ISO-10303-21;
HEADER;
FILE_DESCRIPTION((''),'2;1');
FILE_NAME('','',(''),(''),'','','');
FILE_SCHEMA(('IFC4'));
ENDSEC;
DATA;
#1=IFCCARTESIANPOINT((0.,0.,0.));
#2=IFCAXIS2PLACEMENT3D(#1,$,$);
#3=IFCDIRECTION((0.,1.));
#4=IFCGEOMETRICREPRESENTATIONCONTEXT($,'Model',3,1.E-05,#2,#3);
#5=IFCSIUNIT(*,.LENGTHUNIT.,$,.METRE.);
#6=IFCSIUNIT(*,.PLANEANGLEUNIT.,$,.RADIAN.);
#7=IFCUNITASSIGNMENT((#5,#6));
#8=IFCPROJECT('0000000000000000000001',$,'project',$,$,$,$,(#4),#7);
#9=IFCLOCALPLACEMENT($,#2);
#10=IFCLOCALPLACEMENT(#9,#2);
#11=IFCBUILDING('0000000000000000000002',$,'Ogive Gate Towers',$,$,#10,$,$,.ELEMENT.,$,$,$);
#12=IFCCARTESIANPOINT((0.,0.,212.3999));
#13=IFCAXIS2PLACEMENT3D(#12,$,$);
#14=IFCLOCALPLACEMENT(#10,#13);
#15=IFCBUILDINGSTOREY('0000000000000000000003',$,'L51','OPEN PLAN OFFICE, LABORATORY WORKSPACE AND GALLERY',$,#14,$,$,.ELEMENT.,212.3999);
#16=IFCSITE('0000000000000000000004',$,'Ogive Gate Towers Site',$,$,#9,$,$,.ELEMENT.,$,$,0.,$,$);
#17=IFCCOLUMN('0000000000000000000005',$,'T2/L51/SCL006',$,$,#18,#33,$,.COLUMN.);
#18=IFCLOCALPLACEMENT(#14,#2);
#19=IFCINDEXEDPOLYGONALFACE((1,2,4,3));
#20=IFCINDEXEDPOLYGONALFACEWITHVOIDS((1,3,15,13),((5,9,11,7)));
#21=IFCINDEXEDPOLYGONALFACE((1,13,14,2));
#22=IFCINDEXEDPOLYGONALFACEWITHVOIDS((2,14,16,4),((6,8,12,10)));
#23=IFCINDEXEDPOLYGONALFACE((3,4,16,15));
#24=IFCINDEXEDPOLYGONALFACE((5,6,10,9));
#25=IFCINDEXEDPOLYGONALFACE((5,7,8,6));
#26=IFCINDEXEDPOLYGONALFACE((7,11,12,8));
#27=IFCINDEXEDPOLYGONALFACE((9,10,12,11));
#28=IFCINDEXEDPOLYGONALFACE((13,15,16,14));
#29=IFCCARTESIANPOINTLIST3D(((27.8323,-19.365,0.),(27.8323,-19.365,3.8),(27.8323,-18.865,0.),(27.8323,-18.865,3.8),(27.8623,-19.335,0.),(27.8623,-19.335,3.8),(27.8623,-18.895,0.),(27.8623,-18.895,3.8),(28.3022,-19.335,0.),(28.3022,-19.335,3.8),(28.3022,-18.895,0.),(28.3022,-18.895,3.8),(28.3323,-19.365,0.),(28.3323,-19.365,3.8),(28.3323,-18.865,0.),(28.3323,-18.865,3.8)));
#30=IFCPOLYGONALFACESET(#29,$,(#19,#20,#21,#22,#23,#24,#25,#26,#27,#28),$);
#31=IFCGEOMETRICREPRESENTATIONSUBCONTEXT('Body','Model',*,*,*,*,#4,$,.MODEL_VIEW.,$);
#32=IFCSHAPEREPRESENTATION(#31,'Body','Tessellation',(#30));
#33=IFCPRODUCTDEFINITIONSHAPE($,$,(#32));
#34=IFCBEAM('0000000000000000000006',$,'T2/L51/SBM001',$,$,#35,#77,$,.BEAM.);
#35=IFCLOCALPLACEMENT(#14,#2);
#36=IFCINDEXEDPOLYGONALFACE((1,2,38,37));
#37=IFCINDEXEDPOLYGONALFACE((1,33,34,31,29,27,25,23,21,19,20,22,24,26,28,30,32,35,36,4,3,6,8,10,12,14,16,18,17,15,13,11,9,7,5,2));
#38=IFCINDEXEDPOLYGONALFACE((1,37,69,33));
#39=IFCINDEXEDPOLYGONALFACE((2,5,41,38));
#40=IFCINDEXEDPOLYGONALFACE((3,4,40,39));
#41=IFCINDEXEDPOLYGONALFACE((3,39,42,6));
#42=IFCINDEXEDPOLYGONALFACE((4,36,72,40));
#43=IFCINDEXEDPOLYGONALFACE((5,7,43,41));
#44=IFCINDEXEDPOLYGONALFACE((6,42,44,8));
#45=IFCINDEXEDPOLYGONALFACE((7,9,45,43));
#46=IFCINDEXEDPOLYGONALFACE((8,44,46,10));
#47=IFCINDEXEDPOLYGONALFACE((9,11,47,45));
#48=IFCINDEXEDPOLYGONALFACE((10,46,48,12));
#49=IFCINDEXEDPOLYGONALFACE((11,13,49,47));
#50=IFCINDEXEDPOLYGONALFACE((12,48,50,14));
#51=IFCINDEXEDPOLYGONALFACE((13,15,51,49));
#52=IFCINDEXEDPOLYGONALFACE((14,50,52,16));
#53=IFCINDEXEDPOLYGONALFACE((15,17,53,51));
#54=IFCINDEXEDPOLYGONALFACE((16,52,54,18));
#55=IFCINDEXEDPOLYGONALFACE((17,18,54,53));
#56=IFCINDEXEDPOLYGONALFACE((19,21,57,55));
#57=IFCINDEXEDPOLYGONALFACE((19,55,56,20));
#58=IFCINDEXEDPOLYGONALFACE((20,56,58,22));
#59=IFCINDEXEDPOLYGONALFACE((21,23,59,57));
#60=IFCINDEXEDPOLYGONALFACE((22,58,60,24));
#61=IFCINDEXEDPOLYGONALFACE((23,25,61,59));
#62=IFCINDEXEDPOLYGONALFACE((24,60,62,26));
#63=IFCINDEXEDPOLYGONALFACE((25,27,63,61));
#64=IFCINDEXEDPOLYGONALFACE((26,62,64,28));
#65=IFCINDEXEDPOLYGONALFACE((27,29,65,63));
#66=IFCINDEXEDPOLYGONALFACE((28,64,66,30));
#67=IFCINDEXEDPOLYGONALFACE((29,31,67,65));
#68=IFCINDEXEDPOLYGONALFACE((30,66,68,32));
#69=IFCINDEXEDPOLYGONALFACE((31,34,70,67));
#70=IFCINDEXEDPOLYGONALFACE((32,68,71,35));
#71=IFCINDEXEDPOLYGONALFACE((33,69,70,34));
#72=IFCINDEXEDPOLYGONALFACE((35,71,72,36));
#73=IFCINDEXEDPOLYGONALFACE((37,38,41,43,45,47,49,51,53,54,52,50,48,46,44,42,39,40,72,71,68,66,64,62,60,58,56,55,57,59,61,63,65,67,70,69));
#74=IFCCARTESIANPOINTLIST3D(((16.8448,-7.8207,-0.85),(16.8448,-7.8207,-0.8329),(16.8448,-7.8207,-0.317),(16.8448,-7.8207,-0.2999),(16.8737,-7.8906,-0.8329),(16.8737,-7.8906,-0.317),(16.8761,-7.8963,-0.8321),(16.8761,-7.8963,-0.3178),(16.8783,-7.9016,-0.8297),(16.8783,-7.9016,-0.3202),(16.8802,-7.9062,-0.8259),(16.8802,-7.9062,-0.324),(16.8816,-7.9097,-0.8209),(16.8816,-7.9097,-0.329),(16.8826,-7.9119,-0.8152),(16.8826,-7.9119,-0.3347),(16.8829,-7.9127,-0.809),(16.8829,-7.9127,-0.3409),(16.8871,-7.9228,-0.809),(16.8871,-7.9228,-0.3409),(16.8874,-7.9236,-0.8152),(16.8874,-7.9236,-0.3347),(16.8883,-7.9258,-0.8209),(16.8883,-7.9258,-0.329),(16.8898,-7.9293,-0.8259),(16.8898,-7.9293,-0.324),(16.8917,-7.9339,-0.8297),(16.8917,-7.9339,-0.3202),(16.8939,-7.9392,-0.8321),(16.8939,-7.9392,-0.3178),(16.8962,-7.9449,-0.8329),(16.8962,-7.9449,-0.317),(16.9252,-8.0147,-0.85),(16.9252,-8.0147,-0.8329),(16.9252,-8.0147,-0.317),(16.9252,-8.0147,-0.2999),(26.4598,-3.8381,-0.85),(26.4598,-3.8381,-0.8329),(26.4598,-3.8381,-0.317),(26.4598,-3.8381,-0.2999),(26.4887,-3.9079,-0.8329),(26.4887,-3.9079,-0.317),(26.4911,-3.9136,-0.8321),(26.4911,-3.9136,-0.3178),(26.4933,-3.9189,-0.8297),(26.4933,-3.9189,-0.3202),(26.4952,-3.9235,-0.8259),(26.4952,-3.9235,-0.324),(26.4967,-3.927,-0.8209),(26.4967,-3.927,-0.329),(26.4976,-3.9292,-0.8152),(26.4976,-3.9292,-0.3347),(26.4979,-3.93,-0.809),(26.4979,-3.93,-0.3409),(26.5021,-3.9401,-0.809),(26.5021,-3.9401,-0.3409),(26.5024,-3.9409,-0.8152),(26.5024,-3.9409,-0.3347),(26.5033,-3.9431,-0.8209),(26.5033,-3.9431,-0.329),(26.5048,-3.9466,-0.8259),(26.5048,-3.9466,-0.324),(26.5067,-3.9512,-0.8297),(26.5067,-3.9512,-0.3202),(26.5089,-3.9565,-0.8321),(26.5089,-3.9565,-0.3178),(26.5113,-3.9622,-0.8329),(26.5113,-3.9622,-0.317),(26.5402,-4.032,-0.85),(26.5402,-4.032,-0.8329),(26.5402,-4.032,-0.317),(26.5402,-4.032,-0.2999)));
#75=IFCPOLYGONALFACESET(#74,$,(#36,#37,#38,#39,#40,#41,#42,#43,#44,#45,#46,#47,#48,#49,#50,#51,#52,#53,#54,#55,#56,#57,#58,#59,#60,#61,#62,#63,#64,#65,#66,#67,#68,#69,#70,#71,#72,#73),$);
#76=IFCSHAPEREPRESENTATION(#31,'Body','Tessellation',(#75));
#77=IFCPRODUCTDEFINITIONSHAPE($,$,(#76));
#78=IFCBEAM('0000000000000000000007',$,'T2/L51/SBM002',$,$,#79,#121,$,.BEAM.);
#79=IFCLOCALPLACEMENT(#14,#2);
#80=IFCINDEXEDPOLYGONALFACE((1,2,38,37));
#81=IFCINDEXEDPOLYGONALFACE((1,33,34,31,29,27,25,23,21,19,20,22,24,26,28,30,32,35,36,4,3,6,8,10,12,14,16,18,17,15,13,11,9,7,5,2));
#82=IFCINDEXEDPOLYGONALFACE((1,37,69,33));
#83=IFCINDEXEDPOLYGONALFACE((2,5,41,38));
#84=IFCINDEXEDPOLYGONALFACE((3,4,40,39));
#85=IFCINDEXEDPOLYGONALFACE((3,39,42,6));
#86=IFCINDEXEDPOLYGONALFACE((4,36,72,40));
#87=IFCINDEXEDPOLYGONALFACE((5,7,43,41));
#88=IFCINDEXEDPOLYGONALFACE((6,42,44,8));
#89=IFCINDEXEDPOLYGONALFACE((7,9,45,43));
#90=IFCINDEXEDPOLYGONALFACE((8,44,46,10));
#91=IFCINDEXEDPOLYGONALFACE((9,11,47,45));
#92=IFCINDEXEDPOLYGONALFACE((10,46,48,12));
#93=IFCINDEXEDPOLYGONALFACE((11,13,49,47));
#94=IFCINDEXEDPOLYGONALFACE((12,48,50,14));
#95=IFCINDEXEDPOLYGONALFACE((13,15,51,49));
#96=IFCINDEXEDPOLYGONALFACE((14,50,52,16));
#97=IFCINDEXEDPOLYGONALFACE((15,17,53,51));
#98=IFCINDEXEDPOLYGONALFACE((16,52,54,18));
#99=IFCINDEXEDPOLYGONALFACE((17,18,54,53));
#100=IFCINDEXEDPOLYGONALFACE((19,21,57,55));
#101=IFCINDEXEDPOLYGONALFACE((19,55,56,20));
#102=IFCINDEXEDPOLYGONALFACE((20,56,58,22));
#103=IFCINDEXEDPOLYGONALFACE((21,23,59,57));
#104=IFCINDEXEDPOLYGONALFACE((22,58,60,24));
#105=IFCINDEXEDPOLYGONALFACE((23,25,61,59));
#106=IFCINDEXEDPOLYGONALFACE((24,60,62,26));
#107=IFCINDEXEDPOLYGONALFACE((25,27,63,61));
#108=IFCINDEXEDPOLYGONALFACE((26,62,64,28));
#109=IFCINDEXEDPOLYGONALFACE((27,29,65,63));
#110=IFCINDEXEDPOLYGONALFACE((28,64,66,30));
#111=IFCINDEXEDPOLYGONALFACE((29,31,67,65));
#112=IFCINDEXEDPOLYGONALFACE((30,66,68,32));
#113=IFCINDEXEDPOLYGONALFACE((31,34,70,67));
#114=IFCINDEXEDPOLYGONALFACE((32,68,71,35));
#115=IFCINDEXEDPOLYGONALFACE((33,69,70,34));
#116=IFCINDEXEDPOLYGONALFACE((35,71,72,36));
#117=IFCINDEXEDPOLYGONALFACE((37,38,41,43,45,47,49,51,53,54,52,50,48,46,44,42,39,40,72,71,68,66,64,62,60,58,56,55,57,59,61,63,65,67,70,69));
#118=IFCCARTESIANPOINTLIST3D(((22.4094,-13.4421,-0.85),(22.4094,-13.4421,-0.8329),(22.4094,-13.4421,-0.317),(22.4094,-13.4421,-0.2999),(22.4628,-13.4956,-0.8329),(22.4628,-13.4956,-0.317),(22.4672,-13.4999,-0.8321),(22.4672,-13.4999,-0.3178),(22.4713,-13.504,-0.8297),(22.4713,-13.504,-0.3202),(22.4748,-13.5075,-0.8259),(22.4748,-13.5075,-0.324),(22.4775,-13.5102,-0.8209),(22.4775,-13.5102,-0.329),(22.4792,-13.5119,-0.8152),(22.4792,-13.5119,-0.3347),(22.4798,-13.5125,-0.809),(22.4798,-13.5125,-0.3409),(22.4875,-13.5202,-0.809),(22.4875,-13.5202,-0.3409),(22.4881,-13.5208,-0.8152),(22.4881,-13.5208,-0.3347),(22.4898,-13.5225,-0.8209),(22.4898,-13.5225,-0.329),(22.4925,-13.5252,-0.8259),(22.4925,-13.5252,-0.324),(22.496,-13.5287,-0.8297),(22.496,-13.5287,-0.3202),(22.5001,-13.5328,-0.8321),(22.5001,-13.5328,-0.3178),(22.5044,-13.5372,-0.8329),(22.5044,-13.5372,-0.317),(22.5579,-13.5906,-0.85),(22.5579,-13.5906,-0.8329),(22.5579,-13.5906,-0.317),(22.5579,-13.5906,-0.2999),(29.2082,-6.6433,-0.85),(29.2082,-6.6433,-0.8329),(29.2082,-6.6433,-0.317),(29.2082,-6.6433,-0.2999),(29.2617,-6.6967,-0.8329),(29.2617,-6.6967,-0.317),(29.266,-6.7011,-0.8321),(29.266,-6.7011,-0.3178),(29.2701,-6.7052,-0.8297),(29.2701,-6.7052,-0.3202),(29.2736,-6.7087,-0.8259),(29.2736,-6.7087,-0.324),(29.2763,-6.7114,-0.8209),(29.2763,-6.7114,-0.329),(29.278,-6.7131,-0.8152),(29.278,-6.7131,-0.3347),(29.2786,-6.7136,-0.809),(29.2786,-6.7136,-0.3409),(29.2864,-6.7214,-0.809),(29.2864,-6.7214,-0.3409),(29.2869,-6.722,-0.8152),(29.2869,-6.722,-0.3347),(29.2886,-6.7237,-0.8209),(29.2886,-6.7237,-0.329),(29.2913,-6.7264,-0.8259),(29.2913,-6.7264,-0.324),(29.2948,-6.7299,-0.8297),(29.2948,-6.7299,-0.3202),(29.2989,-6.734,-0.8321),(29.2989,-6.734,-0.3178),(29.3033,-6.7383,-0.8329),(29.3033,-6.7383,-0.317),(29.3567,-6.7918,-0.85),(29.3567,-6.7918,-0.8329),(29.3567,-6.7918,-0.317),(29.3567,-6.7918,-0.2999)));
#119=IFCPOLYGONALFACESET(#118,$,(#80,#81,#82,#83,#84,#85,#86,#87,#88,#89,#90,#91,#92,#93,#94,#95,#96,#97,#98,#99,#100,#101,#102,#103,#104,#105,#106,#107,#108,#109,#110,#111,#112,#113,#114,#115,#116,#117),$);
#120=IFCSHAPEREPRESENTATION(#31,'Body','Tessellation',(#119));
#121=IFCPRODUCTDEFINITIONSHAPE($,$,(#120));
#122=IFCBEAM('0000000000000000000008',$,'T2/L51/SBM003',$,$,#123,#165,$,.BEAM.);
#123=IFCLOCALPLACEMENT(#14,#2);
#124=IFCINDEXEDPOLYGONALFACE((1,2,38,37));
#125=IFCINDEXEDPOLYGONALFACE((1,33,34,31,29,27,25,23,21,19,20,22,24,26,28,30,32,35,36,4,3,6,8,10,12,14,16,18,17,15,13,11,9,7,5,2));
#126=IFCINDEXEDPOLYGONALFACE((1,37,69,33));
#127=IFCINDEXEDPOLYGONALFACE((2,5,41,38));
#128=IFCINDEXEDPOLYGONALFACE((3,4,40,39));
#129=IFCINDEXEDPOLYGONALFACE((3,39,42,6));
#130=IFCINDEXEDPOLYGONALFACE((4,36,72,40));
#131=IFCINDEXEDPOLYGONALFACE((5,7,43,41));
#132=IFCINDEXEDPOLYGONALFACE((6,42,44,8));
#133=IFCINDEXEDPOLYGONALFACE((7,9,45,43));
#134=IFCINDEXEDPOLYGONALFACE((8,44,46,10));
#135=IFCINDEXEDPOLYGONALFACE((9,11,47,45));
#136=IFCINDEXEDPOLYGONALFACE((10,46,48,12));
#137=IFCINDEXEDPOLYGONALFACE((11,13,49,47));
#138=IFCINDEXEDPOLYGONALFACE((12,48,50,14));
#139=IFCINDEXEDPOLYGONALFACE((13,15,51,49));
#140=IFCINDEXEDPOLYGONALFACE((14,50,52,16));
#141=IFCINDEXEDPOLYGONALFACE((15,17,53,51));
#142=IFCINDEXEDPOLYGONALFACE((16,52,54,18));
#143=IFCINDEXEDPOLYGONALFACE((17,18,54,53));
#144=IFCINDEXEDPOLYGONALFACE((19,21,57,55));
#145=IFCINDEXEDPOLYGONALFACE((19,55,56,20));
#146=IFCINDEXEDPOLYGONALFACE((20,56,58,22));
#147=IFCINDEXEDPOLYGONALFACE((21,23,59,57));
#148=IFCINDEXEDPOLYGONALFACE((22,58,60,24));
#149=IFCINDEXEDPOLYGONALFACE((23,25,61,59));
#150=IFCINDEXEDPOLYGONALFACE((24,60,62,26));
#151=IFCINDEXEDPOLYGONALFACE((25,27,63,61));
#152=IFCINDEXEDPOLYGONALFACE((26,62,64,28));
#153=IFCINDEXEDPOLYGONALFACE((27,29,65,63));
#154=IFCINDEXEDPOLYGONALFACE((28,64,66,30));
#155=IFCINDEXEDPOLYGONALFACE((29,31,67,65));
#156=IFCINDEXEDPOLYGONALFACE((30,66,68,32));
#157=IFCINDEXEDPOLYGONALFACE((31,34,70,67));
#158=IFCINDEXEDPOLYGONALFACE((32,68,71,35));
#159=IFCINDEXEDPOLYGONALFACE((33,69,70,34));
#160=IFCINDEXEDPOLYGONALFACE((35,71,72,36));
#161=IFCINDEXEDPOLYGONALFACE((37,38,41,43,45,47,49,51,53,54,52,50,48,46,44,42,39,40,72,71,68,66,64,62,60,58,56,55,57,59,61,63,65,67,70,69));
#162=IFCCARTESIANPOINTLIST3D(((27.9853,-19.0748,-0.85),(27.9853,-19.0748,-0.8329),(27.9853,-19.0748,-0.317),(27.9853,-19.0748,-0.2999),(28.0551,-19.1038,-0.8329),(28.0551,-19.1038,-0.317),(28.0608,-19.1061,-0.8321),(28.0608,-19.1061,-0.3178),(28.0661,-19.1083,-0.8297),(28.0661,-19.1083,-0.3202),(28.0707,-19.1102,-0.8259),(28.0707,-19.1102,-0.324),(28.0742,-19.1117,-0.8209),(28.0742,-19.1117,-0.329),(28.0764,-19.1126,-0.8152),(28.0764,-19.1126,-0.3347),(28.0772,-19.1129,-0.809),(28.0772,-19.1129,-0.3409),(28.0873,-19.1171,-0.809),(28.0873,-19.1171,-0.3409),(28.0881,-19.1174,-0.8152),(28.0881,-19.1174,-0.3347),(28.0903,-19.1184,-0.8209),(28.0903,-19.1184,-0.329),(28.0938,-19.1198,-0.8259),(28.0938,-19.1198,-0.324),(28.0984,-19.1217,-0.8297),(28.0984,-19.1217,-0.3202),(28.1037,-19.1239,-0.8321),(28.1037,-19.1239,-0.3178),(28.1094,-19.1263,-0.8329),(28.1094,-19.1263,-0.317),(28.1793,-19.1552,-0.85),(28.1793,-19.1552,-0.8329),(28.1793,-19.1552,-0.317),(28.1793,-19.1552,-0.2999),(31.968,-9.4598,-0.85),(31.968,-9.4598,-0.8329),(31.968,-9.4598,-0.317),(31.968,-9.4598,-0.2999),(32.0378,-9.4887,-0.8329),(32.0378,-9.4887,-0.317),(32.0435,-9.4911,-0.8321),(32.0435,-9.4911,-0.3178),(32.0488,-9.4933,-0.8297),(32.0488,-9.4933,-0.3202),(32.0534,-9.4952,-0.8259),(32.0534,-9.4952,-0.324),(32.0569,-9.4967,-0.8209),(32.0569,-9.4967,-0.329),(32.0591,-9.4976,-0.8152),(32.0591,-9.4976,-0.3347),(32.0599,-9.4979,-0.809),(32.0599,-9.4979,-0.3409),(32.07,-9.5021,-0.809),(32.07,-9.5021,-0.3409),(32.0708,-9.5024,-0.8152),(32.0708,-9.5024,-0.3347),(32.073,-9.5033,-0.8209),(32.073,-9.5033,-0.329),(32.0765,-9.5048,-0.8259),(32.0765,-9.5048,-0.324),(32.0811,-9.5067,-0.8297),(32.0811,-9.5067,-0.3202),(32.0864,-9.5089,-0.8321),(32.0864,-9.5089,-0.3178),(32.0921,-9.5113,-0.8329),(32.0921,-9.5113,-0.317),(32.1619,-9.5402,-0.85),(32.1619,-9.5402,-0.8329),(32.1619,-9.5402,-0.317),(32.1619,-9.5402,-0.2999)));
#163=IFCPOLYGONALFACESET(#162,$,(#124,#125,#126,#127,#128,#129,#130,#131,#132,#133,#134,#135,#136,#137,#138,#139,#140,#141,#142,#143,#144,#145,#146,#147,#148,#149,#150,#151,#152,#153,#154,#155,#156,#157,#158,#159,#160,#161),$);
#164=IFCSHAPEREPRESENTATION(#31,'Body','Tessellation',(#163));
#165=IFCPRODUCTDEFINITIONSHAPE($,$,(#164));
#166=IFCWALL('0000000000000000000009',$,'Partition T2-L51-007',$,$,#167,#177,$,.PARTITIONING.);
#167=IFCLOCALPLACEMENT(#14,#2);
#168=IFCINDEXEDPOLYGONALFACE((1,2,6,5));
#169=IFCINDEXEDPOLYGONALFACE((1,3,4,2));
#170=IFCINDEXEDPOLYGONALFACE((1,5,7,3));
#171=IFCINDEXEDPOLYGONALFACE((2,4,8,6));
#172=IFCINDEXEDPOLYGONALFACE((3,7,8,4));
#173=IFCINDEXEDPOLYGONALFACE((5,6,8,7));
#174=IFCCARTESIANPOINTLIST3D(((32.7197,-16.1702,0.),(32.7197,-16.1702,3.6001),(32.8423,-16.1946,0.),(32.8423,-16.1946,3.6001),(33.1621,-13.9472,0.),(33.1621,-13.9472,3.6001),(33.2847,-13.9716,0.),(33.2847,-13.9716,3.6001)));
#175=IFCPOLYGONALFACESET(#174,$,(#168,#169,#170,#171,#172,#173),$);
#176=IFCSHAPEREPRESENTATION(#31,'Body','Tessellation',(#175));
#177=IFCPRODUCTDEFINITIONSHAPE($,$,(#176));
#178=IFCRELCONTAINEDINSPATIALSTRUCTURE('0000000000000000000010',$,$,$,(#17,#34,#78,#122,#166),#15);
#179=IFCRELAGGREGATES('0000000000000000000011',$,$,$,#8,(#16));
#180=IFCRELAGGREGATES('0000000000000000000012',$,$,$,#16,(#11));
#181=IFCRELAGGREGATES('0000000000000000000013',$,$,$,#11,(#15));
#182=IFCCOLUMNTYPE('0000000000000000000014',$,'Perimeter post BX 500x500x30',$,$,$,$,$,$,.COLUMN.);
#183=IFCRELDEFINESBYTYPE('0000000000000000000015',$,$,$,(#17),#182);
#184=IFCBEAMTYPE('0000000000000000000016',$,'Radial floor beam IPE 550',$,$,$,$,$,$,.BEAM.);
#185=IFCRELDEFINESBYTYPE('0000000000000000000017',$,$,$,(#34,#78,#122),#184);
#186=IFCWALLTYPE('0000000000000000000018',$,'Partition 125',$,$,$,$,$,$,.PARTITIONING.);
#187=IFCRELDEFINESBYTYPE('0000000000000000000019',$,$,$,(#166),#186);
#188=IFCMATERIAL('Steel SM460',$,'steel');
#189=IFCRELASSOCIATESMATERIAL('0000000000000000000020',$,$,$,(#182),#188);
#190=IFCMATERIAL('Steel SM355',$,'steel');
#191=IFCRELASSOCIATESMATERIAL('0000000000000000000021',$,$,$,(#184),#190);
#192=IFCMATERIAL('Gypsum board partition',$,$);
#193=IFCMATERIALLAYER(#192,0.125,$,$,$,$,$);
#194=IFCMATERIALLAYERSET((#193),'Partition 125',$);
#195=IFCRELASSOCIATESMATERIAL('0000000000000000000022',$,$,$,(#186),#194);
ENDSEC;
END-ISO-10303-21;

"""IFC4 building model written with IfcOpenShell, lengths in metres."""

from ifc_helpers import new_model, si_unit, direction, frame, frame_2d, origin, origin_2d, place, context, subcontext, project, spatial, rectangle, hollow_rectangle, i_section, extrude, material, layer, layer_set, material_profile, profile_set, type_object, element, save


model = new_model("IFC4")

# Units and contexts
model_context = context("Model", 3, precision=1e-05, world=origin(), true_north=direction((0.0, 1.0)))
body_context = subcontext(model_context, "Body", "Model", "MODEL_VIEW")
ifc_project = project(units=[si_unit("LENGTHUNIT", "METRE"), si_unit("PLANEANGLEUNIT", "RADIAN")], contexts=[model_context])

# Site, building, storey
site_placement = place(None, origin())
site = spatial("IfcSite", under=ifc_project, at=site_placement, Name="Ogive Gate Towers Site", CompositionType="ELEMENT", RefElevation=0.0)
building_placement = place(site_placement, origin())
building = spatial("IfcBuilding", under=site, at=building_placement, Name="Ogive Gate Towers", CompositionType="ELEMENT")
storey_placement = place(building_placement, frame((0.0, 0.0, 212.3999)))
storey = spatial("IfcBuildingStorey", under=building, at=storey_placement, Name="L51", Description="OPEN PLAN OFFICE, LABORATORY WORKSPACE AND GALLERY", CompositionType="ELEMENT", Elevation=212.3999)

# Column
ifc_material_1 = material(Name="Steel SM460", Category="steel")
ifc_material_profile_1 = material_profile(ifc_material_1, hollow_rectangle(XDim=0.5, YDim=0.5, WallThickness=0.03, at=origin_2d()), Name="BX 500x500x30")
ifc_profile_set_1 = profile_set([ifc_material_profile_1], Name="Steel SM460")
column_type = type_object("IfcColumnType", Name="Perimeter post BX 500x500x30", PredefinedType="COLUMN", material=ifc_profile_set_1)
column_placement = place(storey_placement, frame((28.0823, -19.115, 0.0), z_axis=(0.0, 0.0, 1.0), x_axis=(1.0, 0.0, 0.0)))
element("IfcColumn", 1, at=column_placement, inside=storey, type_object=column_type, Name="T2/L51/SCL006", PredefinedType="COLUMN", context=body_context, shape_type="SweptSolid", body=[
    extrude(hollow_rectangle(XDim=0.5, YDim=0.5, WallThickness=0.03, at=origin_2d()), origin(), (0.0, 0.0, 1.0), 3.8),
])

# Beams
ifc_material_2 = material(Name="Steel SM355", Category="steel")
ifc_material_profile_2 = material_profile(ifc_material_2, i_section(OverallWidth=0.21, OverallDepth=0.55, WebThickness=0.011, FlangeThickness=0.0171, FilletRadius=0.0239, at=origin_2d()), Name="IPE 550")
ifc_profile_set_2 = profile_set([ifc_material_profile_2], Name="Steel SM355")
beam_type = type_object("IfcBeamType", Name="Radial floor beam IPE 550", PredefinedType="BEAM", material=ifc_profile_set_2)
beam_1_placement = place(storey_placement, frame((26.5, -3.9351, -0.575), z_axis=(-0.923879, -0.382684, 0.0), x_axis=(0.382684, -0.923879, 0.0)))
element("IfcBeam", 2, at=beam_1_placement, inside=storey, type_object=beam_type, Name="T2/L51/SBM001", PredefinedType="BEAM", context=body_context, shape_type="SweptSolid", body=[
    extrude(i_section(OverallWidth=0.21, OverallDepth=0.55, WebThickness=0.011, FlangeThickness=0.0171, FilletRadius=0.0239, at=origin_2d()), origin(), (0.0, 0.0, 1.0), 10.4072),
])
beam_2_placement = place(storey_placement, frame((29.2825, -6.7175, -0.575), z_axis=(-0.707107, -0.707107, 0.0), x_axis=(0.707107, -0.707107, 0.0)))
element("IfcBeam", 3, at=beam_2_placement, inside=storey, type_object=beam_type, Name="T2/L51/SBM002", PredefinedType="BEAM", context=body_context, shape_type="SweptSolid", body=[
    extrude(i_section(OverallWidth=0.21, OverallDepth=0.55, WebThickness=0.011, FlangeThickness=0.0171, FilletRadius=0.0239, at=origin_2d()), origin(), (0.0, 0.0, 1.0), 9.615),
])
beam_3_placement = place(storey_placement, frame((32.0649, -9.5, -0.575), z_axis=(-0.382684, -0.923879, 0.0), x_axis=(0.923879, -0.382684, 0.0)))
element("IfcBeam", 4, at=beam_3_placement, inside=storey, type_object=beam_type, Name="T2/L51/SBM003", PredefinedType="BEAM", context=body_context, shape_type="SweptSolid", body=[
    extrude(i_section(OverallWidth=0.21, OverallDepth=0.55, WebThickness=0.011, FlangeThickness=0.0171, FilletRadius=0.0239, at=origin_2d()), origin(), (0.0, 0.0, 1.0), 10.4072),
])

# Wall
ifc_material_3 = material(Name="Gypsum board partition")
ifc_layer_1 = layer(ifc_material_3, 0.125)
ifc_layer_set_1 = layer_set([ifc_layer_1], Name="Partition 125")
wall_type_1 = type_object("IfcWallType", Name="Partition 125", PredefinedType="PARTITIONING", material=ifc_layer_set_1)
wall_1_placement = place(storey_placement, frame((32.781, -16.1824, 0.0), z_axis=(0.0, 0.0, 1.0), x_axis=(0.195184, 0.980767, 0.0)))
element("IfcWall", 5, at=wall_1_placement, inside=storey, type_object=wall_type_1, Name="Partition T2-L51-007", PredefinedType="PARTITIONING", context=body_context, shape_type="SweptSolid", body=[
    extrude(rectangle(XDim=2.2666, YDim=0.125, at=frame_2d((1.1333, 0.0))), origin(), (0.0, 0.0, 1.0), 3.6001),
])

save(model, "model.ifc")
